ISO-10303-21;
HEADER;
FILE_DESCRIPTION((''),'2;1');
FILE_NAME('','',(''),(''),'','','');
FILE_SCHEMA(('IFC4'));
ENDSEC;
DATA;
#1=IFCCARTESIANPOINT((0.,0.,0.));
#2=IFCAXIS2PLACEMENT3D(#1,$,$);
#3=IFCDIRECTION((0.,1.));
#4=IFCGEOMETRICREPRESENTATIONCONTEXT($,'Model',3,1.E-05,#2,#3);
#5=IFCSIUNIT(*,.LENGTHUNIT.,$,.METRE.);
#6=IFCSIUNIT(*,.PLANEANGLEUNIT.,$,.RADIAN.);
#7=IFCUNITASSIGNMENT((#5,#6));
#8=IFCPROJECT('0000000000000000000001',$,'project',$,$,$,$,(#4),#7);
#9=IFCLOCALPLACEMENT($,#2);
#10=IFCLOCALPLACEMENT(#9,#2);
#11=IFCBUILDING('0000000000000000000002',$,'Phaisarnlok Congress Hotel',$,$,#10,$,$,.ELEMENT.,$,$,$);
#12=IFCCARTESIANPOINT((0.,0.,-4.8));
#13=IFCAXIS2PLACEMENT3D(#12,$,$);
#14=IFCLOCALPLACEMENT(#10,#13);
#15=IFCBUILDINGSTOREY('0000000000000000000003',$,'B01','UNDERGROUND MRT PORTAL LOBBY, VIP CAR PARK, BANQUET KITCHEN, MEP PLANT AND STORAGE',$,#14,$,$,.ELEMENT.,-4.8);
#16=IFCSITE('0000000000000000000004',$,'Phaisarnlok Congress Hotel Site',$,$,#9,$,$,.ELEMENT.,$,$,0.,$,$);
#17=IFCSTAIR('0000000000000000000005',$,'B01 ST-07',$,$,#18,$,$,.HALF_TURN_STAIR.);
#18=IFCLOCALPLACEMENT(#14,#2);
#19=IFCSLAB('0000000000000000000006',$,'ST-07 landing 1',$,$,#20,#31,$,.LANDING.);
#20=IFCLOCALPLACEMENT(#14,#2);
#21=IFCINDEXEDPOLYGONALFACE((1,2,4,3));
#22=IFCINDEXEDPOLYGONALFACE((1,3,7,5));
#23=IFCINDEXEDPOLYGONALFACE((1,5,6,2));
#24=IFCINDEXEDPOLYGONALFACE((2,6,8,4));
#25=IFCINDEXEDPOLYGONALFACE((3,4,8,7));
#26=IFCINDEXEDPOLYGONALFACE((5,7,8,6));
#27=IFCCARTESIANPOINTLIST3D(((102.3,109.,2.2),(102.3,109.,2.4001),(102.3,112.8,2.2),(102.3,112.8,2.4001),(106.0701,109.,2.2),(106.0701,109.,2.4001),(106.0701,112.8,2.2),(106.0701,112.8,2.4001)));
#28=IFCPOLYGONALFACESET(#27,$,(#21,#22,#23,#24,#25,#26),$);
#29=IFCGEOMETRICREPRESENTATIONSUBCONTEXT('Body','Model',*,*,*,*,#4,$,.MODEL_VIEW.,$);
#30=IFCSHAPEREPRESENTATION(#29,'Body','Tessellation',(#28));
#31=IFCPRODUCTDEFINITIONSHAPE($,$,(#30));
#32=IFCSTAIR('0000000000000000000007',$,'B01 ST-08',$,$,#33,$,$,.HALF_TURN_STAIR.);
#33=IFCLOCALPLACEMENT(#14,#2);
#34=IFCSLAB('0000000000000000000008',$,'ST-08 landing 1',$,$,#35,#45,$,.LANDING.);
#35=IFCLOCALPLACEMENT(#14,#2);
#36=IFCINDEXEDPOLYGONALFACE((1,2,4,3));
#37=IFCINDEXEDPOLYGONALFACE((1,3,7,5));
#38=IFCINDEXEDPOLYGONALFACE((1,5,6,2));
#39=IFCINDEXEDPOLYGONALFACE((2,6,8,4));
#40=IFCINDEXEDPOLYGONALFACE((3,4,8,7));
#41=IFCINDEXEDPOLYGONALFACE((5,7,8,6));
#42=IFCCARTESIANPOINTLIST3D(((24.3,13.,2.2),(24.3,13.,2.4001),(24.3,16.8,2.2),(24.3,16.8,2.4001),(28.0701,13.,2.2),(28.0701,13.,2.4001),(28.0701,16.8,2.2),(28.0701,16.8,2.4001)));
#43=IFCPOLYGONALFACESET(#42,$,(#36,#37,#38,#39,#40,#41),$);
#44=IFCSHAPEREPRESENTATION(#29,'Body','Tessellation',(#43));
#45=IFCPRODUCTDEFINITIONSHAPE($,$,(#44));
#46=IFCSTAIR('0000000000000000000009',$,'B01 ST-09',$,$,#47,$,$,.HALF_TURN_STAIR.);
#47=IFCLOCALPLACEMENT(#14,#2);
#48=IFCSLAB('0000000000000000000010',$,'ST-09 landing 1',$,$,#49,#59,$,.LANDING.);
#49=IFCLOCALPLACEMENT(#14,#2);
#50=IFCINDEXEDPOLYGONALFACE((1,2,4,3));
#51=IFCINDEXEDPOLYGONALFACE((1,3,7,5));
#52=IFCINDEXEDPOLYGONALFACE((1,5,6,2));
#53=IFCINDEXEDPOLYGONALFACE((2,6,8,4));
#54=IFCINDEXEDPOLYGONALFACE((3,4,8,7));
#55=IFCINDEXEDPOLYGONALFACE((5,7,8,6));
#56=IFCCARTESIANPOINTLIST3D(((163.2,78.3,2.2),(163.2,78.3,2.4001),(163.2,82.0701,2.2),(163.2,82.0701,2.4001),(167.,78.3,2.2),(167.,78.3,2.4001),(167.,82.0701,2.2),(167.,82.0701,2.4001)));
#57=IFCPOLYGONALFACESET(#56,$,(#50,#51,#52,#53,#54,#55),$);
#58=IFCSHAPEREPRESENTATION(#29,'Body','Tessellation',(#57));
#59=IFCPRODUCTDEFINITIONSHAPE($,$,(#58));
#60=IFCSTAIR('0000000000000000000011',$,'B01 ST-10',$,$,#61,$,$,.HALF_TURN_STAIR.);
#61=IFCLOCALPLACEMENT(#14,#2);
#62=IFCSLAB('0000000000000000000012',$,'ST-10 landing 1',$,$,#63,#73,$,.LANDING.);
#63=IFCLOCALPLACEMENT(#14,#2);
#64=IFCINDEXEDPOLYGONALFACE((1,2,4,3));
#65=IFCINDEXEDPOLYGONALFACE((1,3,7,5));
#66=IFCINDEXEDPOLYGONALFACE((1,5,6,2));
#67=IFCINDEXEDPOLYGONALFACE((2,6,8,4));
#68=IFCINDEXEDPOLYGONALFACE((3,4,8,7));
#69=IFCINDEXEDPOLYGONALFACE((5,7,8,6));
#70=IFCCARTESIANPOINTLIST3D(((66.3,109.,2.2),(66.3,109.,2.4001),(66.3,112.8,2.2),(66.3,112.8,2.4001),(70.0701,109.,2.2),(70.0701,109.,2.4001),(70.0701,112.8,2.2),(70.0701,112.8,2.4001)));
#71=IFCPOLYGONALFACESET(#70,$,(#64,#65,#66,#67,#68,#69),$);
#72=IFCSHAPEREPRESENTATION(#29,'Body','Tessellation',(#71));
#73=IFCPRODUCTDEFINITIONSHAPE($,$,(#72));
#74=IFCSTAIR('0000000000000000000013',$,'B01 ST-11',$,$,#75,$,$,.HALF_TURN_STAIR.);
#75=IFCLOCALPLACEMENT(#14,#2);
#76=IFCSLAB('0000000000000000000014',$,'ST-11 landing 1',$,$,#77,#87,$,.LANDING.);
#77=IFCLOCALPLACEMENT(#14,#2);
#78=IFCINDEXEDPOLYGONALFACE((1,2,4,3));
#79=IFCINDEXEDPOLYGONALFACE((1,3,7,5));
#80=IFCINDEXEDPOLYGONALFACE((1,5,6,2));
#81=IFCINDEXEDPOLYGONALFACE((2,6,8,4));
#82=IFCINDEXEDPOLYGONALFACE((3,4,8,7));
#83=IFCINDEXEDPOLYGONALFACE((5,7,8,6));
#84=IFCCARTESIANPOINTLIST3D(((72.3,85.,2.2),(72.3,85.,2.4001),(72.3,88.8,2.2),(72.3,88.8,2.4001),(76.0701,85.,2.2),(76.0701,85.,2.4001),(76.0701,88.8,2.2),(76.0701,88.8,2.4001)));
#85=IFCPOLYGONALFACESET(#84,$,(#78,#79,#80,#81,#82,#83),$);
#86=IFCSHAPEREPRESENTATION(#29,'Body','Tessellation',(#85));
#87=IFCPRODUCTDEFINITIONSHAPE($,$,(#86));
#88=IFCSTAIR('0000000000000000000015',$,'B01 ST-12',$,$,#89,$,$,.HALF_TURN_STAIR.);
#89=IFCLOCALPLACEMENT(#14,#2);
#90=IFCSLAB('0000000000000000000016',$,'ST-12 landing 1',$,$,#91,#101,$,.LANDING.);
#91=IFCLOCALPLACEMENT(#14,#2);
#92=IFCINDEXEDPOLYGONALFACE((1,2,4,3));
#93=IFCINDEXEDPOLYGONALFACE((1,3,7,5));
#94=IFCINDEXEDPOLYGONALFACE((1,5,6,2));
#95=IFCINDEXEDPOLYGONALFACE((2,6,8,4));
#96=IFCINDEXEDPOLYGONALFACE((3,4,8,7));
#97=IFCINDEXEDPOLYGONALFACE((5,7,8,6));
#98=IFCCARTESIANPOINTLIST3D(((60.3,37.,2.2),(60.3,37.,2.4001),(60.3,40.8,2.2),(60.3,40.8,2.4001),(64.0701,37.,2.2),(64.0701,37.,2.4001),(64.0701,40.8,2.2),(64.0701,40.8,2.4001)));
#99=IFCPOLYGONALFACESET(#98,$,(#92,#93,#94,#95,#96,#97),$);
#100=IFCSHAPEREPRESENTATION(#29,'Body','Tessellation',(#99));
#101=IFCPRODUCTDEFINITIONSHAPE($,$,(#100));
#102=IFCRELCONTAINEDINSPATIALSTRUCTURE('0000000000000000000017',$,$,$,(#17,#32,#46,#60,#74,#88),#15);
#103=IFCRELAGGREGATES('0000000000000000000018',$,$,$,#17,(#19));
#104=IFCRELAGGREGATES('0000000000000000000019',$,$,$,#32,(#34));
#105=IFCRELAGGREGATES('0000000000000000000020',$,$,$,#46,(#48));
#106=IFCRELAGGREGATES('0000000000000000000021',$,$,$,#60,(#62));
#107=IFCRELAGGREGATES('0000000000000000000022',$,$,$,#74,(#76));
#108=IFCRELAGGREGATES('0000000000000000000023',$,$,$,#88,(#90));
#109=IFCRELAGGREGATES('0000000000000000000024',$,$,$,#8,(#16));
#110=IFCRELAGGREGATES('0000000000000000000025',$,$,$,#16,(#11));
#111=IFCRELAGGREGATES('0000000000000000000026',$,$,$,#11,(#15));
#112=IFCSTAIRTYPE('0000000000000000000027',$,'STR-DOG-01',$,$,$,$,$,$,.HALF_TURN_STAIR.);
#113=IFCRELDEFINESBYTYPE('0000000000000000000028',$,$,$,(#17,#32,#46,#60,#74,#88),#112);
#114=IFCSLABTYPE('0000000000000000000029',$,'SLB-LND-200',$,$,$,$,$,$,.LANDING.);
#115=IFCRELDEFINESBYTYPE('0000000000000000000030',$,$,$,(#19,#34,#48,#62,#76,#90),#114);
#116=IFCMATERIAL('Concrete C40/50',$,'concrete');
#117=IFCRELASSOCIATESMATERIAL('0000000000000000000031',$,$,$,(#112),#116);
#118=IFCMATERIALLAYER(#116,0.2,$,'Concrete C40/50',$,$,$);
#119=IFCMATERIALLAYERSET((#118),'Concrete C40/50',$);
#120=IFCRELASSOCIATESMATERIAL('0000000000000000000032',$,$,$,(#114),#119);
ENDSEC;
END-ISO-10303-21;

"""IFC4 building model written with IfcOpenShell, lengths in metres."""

from ifc_helpers import new_model, si_unit, direction, frame, origin, place, context, subcontext, project, spatial, polyline, outline, extrude, material, layer, layer_set, type_object, element, aggregate, save


model = new_model("IFC4")

# Units and contexts
model_context = context("Model", 3, precision=1e-05, world=origin(), true_north=direction((0.0, 1.0)))
body_context = subcontext(model_context, "Body", "Model", "MODEL_VIEW")
ifc_project = project(units=[si_unit("LENGTHUNIT", "METRE"), si_unit("PLANEANGLEUNIT", "RADIAN")], contexts=[model_context])

# Site, building, storey
site_placement = place(None, origin())
site = spatial("IfcSite", under=ifc_project, at=site_placement, Name="Phaisarnlok Congress Hotel Site", CompositionType="ELEMENT", RefElevation=0.0)
building_placement = place(site_placement, origin())
building = spatial("IfcBuilding", under=site, at=building_placement, Name="Phaisarnlok Congress Hotel", CompositionType="ELEMENT")
storey_placement = place(building_placement, frame((0.0, 0.0, -4.8)))
storey = spatial("IfcBuildingStorey", under=building, at=storey_placement, Name="B01", Description="UNDERGROUND MRT PORTAL LOBBY, VIP CAR PARK, BANQUET KITCHEN, MEP PLANT AND STORAGE", CompositionType="ELEMENT", Elevation=-4.8)

# Shared definitions
ifc_material_1 = material(Name="Concrete C40/50", Category="concrete")

# Stairs, slabs
stair_type = type_object("IfcStairType", Name="STR-DOG-01", PredefinedType="HALF_TURN_STAIR", material=ifc_material_1)
ifc_layer_1 = layer(ifc_material_1, 0.2, Name="Concrete C40/50")
ifc_layer_set_1 = layer_set([ifc_layer_1], Name="Concrete C40/50")
slab_type_1 = type_object("IfcSlabType", Name="SLB-LND-200", PredefinedType="LANDING", material=ifc_layer_set_1)
stair_1_placement = place(storey_placement, origin())
stair_1 = element("IfcStair", 1, at=stair_1_placement, inside=storey, type_object=stair_type, Name="B01 ST-07", PredefinedType="HALF_TURN_STAIR")
slab_1_placement = place(storey_placement, frame((0.0, 0.0, 2.2)))
slab_1 = element("IfcSlab", 2, at=slab_1_placement, type_object=slab_type_1, Name="ST-07 landing 1", PredefinedType="LANDING", context=body_context, shape_type="SweptSolid", body=[
    extrude(outline(polyline([(106.0701, 112.8), (102.3, 112.8), (102.3, 109.0), (106.0701, 109.0), (106.0701, 112.8)])), origin(), (0.0, 0.0, 1.0), 0.2002),
])
aggregate(stair_1, [slab_1])
stair_2_placement = place(storey_placement, origin())
stair_2 = element("IfcStair", 3, at=stair_2_placement, inside=storey, type_object=stair_type, Name="B01 ST-08", PredefinedType="HALF_TURN_STAIR")
slab_2_placement = place(storey_placement, frame((0.0, 0.0, 2.2)))
slab_2 = element("IfcSlab", 4, at=slab_2_placement, type_object=slab_type_1, Name="ST-08 landing 1", PredefinedType="LANDING", context=body_context, shape_type="SweptSolid", body=[
    extrude(outline(polyline([(28.0701, 16.8), (24.3, 16.8), (24.3, 13.0), (28.0701, 13.0), (28.0701, 16.8)])), origin(), (0.0, 0.0, 1.0), 0.2002),
])
aggregate(stair_2, [slab_2])
stair_3_placement = place(storey_placement, origin())
stair_3 = element("IfcStair", 5, at=stair_3_placement, inside=storey, type_object=stair_type, Name="B01 ST-09", PredefinedType="HALF_TURN_STAIR")
slab_3_placement = place(storey_placement, frame((0.0, 0.0, 2.2)))
slab_3 = element("IfcSlab", 6, at=slab_3_placement, type_object=slab_type_1, Name="ST-09 landing 1", PredefinedType="LANDING", context=body_context, shape_type="SweptSolid", body=[
    extrude(outline(polyline([(163.2, 82.0701), (163.2, 78.3), (167.0, 78.3), (167.0, 82.0701), (163.2, 82.0701)])), origin(), (0.0, 0.0, 1.0), 0.2002),
])
aggregate(stair_3, [slab_3])
stair_4_placement = place(storey_placement, origin())
stair_4 = element("IfcStair", 7, at=stair_4_placement, inside=storey, type_object=stair_type, Name="B01 ST-10", PredefinedType="HALF_TURN_STAIR")
slab_4_placement = place(storey_placement, frame((0.0, 0.0, 2.2)))
slab_4 = element("IfcSlab", 8, at=slab_4_placement, type_object=slab_type_1, Name="ST-10 landing 1", PredefinedType="LANDING", context=body_context, shape_type="SweptSolid", body=[
    extrude(outline(polyline([(70.0701, 112.8), (66.3, 112.8), (66.3, 109.0), (70.0701, 109.0), (70.0701, 112.8)])), origin(), (0.0, 0.0, 1.0), 0.2002),
])
aggregate(stair_4, [slab_4])
stair_5_placement = place(storey_placement, origin())
stair_5 = element("IfcStair", 9, at=stair_5_placement, inside=storey, type_object=stair_type, Name="B01 ST-11", PredefinedType="HALF_TURN_STAIR")
slab_5_placement = place(storey_placement, frame((0.0, 0.0, 2.2)))
slab_5 = element("IfcSlab", 10, at=slab_5_placement, type_object=slab_type_1, Name="ST-11 landing 1", PredefinedType="LANDING", context=body_context, shape_type="SweptSolid", body=[
    extrude(outline(polyline([(76.0701, 88.8), (72.3, 88.8), (72.3, 85.0), (76.0701, 85.0), (76.0701, 88.8)])), origin(), (0.0, 0.0, 1.0), 0.2002),
])
aggregate(stair_5, [slab_5])
stair_6_placement = place(storey_placement, origin())
stair_6 = element("IfcStair", 11, at=stair_6_placement, inside=storey, type_object=stair_type, Name="B01 ST-12", PredefinedType="HALF_TURN_STAIR")
slab_6_placement = place(storey_placement, frame((0.0, 0.0, 2.2)))
slab_6 = element("IfcSlab", 12, at=slab_6_placement, type_object=slab_type_1, Name="ST-12 landing 1", PredefinedType="LANDING", context=body_context, shape_type="SweptSolid", body=[
    extrude(outline(polyline([(64.0701, 40.8), (60.3, 40.8), (60.3, 37.0), (64.0701, 37.0), (64.0701, 40.8)])), origin(), (0.0, 0.0, 1.0), 0.2002),
])
aggregate(stair_6, [slab_6])

save(model, "model.ifc")
